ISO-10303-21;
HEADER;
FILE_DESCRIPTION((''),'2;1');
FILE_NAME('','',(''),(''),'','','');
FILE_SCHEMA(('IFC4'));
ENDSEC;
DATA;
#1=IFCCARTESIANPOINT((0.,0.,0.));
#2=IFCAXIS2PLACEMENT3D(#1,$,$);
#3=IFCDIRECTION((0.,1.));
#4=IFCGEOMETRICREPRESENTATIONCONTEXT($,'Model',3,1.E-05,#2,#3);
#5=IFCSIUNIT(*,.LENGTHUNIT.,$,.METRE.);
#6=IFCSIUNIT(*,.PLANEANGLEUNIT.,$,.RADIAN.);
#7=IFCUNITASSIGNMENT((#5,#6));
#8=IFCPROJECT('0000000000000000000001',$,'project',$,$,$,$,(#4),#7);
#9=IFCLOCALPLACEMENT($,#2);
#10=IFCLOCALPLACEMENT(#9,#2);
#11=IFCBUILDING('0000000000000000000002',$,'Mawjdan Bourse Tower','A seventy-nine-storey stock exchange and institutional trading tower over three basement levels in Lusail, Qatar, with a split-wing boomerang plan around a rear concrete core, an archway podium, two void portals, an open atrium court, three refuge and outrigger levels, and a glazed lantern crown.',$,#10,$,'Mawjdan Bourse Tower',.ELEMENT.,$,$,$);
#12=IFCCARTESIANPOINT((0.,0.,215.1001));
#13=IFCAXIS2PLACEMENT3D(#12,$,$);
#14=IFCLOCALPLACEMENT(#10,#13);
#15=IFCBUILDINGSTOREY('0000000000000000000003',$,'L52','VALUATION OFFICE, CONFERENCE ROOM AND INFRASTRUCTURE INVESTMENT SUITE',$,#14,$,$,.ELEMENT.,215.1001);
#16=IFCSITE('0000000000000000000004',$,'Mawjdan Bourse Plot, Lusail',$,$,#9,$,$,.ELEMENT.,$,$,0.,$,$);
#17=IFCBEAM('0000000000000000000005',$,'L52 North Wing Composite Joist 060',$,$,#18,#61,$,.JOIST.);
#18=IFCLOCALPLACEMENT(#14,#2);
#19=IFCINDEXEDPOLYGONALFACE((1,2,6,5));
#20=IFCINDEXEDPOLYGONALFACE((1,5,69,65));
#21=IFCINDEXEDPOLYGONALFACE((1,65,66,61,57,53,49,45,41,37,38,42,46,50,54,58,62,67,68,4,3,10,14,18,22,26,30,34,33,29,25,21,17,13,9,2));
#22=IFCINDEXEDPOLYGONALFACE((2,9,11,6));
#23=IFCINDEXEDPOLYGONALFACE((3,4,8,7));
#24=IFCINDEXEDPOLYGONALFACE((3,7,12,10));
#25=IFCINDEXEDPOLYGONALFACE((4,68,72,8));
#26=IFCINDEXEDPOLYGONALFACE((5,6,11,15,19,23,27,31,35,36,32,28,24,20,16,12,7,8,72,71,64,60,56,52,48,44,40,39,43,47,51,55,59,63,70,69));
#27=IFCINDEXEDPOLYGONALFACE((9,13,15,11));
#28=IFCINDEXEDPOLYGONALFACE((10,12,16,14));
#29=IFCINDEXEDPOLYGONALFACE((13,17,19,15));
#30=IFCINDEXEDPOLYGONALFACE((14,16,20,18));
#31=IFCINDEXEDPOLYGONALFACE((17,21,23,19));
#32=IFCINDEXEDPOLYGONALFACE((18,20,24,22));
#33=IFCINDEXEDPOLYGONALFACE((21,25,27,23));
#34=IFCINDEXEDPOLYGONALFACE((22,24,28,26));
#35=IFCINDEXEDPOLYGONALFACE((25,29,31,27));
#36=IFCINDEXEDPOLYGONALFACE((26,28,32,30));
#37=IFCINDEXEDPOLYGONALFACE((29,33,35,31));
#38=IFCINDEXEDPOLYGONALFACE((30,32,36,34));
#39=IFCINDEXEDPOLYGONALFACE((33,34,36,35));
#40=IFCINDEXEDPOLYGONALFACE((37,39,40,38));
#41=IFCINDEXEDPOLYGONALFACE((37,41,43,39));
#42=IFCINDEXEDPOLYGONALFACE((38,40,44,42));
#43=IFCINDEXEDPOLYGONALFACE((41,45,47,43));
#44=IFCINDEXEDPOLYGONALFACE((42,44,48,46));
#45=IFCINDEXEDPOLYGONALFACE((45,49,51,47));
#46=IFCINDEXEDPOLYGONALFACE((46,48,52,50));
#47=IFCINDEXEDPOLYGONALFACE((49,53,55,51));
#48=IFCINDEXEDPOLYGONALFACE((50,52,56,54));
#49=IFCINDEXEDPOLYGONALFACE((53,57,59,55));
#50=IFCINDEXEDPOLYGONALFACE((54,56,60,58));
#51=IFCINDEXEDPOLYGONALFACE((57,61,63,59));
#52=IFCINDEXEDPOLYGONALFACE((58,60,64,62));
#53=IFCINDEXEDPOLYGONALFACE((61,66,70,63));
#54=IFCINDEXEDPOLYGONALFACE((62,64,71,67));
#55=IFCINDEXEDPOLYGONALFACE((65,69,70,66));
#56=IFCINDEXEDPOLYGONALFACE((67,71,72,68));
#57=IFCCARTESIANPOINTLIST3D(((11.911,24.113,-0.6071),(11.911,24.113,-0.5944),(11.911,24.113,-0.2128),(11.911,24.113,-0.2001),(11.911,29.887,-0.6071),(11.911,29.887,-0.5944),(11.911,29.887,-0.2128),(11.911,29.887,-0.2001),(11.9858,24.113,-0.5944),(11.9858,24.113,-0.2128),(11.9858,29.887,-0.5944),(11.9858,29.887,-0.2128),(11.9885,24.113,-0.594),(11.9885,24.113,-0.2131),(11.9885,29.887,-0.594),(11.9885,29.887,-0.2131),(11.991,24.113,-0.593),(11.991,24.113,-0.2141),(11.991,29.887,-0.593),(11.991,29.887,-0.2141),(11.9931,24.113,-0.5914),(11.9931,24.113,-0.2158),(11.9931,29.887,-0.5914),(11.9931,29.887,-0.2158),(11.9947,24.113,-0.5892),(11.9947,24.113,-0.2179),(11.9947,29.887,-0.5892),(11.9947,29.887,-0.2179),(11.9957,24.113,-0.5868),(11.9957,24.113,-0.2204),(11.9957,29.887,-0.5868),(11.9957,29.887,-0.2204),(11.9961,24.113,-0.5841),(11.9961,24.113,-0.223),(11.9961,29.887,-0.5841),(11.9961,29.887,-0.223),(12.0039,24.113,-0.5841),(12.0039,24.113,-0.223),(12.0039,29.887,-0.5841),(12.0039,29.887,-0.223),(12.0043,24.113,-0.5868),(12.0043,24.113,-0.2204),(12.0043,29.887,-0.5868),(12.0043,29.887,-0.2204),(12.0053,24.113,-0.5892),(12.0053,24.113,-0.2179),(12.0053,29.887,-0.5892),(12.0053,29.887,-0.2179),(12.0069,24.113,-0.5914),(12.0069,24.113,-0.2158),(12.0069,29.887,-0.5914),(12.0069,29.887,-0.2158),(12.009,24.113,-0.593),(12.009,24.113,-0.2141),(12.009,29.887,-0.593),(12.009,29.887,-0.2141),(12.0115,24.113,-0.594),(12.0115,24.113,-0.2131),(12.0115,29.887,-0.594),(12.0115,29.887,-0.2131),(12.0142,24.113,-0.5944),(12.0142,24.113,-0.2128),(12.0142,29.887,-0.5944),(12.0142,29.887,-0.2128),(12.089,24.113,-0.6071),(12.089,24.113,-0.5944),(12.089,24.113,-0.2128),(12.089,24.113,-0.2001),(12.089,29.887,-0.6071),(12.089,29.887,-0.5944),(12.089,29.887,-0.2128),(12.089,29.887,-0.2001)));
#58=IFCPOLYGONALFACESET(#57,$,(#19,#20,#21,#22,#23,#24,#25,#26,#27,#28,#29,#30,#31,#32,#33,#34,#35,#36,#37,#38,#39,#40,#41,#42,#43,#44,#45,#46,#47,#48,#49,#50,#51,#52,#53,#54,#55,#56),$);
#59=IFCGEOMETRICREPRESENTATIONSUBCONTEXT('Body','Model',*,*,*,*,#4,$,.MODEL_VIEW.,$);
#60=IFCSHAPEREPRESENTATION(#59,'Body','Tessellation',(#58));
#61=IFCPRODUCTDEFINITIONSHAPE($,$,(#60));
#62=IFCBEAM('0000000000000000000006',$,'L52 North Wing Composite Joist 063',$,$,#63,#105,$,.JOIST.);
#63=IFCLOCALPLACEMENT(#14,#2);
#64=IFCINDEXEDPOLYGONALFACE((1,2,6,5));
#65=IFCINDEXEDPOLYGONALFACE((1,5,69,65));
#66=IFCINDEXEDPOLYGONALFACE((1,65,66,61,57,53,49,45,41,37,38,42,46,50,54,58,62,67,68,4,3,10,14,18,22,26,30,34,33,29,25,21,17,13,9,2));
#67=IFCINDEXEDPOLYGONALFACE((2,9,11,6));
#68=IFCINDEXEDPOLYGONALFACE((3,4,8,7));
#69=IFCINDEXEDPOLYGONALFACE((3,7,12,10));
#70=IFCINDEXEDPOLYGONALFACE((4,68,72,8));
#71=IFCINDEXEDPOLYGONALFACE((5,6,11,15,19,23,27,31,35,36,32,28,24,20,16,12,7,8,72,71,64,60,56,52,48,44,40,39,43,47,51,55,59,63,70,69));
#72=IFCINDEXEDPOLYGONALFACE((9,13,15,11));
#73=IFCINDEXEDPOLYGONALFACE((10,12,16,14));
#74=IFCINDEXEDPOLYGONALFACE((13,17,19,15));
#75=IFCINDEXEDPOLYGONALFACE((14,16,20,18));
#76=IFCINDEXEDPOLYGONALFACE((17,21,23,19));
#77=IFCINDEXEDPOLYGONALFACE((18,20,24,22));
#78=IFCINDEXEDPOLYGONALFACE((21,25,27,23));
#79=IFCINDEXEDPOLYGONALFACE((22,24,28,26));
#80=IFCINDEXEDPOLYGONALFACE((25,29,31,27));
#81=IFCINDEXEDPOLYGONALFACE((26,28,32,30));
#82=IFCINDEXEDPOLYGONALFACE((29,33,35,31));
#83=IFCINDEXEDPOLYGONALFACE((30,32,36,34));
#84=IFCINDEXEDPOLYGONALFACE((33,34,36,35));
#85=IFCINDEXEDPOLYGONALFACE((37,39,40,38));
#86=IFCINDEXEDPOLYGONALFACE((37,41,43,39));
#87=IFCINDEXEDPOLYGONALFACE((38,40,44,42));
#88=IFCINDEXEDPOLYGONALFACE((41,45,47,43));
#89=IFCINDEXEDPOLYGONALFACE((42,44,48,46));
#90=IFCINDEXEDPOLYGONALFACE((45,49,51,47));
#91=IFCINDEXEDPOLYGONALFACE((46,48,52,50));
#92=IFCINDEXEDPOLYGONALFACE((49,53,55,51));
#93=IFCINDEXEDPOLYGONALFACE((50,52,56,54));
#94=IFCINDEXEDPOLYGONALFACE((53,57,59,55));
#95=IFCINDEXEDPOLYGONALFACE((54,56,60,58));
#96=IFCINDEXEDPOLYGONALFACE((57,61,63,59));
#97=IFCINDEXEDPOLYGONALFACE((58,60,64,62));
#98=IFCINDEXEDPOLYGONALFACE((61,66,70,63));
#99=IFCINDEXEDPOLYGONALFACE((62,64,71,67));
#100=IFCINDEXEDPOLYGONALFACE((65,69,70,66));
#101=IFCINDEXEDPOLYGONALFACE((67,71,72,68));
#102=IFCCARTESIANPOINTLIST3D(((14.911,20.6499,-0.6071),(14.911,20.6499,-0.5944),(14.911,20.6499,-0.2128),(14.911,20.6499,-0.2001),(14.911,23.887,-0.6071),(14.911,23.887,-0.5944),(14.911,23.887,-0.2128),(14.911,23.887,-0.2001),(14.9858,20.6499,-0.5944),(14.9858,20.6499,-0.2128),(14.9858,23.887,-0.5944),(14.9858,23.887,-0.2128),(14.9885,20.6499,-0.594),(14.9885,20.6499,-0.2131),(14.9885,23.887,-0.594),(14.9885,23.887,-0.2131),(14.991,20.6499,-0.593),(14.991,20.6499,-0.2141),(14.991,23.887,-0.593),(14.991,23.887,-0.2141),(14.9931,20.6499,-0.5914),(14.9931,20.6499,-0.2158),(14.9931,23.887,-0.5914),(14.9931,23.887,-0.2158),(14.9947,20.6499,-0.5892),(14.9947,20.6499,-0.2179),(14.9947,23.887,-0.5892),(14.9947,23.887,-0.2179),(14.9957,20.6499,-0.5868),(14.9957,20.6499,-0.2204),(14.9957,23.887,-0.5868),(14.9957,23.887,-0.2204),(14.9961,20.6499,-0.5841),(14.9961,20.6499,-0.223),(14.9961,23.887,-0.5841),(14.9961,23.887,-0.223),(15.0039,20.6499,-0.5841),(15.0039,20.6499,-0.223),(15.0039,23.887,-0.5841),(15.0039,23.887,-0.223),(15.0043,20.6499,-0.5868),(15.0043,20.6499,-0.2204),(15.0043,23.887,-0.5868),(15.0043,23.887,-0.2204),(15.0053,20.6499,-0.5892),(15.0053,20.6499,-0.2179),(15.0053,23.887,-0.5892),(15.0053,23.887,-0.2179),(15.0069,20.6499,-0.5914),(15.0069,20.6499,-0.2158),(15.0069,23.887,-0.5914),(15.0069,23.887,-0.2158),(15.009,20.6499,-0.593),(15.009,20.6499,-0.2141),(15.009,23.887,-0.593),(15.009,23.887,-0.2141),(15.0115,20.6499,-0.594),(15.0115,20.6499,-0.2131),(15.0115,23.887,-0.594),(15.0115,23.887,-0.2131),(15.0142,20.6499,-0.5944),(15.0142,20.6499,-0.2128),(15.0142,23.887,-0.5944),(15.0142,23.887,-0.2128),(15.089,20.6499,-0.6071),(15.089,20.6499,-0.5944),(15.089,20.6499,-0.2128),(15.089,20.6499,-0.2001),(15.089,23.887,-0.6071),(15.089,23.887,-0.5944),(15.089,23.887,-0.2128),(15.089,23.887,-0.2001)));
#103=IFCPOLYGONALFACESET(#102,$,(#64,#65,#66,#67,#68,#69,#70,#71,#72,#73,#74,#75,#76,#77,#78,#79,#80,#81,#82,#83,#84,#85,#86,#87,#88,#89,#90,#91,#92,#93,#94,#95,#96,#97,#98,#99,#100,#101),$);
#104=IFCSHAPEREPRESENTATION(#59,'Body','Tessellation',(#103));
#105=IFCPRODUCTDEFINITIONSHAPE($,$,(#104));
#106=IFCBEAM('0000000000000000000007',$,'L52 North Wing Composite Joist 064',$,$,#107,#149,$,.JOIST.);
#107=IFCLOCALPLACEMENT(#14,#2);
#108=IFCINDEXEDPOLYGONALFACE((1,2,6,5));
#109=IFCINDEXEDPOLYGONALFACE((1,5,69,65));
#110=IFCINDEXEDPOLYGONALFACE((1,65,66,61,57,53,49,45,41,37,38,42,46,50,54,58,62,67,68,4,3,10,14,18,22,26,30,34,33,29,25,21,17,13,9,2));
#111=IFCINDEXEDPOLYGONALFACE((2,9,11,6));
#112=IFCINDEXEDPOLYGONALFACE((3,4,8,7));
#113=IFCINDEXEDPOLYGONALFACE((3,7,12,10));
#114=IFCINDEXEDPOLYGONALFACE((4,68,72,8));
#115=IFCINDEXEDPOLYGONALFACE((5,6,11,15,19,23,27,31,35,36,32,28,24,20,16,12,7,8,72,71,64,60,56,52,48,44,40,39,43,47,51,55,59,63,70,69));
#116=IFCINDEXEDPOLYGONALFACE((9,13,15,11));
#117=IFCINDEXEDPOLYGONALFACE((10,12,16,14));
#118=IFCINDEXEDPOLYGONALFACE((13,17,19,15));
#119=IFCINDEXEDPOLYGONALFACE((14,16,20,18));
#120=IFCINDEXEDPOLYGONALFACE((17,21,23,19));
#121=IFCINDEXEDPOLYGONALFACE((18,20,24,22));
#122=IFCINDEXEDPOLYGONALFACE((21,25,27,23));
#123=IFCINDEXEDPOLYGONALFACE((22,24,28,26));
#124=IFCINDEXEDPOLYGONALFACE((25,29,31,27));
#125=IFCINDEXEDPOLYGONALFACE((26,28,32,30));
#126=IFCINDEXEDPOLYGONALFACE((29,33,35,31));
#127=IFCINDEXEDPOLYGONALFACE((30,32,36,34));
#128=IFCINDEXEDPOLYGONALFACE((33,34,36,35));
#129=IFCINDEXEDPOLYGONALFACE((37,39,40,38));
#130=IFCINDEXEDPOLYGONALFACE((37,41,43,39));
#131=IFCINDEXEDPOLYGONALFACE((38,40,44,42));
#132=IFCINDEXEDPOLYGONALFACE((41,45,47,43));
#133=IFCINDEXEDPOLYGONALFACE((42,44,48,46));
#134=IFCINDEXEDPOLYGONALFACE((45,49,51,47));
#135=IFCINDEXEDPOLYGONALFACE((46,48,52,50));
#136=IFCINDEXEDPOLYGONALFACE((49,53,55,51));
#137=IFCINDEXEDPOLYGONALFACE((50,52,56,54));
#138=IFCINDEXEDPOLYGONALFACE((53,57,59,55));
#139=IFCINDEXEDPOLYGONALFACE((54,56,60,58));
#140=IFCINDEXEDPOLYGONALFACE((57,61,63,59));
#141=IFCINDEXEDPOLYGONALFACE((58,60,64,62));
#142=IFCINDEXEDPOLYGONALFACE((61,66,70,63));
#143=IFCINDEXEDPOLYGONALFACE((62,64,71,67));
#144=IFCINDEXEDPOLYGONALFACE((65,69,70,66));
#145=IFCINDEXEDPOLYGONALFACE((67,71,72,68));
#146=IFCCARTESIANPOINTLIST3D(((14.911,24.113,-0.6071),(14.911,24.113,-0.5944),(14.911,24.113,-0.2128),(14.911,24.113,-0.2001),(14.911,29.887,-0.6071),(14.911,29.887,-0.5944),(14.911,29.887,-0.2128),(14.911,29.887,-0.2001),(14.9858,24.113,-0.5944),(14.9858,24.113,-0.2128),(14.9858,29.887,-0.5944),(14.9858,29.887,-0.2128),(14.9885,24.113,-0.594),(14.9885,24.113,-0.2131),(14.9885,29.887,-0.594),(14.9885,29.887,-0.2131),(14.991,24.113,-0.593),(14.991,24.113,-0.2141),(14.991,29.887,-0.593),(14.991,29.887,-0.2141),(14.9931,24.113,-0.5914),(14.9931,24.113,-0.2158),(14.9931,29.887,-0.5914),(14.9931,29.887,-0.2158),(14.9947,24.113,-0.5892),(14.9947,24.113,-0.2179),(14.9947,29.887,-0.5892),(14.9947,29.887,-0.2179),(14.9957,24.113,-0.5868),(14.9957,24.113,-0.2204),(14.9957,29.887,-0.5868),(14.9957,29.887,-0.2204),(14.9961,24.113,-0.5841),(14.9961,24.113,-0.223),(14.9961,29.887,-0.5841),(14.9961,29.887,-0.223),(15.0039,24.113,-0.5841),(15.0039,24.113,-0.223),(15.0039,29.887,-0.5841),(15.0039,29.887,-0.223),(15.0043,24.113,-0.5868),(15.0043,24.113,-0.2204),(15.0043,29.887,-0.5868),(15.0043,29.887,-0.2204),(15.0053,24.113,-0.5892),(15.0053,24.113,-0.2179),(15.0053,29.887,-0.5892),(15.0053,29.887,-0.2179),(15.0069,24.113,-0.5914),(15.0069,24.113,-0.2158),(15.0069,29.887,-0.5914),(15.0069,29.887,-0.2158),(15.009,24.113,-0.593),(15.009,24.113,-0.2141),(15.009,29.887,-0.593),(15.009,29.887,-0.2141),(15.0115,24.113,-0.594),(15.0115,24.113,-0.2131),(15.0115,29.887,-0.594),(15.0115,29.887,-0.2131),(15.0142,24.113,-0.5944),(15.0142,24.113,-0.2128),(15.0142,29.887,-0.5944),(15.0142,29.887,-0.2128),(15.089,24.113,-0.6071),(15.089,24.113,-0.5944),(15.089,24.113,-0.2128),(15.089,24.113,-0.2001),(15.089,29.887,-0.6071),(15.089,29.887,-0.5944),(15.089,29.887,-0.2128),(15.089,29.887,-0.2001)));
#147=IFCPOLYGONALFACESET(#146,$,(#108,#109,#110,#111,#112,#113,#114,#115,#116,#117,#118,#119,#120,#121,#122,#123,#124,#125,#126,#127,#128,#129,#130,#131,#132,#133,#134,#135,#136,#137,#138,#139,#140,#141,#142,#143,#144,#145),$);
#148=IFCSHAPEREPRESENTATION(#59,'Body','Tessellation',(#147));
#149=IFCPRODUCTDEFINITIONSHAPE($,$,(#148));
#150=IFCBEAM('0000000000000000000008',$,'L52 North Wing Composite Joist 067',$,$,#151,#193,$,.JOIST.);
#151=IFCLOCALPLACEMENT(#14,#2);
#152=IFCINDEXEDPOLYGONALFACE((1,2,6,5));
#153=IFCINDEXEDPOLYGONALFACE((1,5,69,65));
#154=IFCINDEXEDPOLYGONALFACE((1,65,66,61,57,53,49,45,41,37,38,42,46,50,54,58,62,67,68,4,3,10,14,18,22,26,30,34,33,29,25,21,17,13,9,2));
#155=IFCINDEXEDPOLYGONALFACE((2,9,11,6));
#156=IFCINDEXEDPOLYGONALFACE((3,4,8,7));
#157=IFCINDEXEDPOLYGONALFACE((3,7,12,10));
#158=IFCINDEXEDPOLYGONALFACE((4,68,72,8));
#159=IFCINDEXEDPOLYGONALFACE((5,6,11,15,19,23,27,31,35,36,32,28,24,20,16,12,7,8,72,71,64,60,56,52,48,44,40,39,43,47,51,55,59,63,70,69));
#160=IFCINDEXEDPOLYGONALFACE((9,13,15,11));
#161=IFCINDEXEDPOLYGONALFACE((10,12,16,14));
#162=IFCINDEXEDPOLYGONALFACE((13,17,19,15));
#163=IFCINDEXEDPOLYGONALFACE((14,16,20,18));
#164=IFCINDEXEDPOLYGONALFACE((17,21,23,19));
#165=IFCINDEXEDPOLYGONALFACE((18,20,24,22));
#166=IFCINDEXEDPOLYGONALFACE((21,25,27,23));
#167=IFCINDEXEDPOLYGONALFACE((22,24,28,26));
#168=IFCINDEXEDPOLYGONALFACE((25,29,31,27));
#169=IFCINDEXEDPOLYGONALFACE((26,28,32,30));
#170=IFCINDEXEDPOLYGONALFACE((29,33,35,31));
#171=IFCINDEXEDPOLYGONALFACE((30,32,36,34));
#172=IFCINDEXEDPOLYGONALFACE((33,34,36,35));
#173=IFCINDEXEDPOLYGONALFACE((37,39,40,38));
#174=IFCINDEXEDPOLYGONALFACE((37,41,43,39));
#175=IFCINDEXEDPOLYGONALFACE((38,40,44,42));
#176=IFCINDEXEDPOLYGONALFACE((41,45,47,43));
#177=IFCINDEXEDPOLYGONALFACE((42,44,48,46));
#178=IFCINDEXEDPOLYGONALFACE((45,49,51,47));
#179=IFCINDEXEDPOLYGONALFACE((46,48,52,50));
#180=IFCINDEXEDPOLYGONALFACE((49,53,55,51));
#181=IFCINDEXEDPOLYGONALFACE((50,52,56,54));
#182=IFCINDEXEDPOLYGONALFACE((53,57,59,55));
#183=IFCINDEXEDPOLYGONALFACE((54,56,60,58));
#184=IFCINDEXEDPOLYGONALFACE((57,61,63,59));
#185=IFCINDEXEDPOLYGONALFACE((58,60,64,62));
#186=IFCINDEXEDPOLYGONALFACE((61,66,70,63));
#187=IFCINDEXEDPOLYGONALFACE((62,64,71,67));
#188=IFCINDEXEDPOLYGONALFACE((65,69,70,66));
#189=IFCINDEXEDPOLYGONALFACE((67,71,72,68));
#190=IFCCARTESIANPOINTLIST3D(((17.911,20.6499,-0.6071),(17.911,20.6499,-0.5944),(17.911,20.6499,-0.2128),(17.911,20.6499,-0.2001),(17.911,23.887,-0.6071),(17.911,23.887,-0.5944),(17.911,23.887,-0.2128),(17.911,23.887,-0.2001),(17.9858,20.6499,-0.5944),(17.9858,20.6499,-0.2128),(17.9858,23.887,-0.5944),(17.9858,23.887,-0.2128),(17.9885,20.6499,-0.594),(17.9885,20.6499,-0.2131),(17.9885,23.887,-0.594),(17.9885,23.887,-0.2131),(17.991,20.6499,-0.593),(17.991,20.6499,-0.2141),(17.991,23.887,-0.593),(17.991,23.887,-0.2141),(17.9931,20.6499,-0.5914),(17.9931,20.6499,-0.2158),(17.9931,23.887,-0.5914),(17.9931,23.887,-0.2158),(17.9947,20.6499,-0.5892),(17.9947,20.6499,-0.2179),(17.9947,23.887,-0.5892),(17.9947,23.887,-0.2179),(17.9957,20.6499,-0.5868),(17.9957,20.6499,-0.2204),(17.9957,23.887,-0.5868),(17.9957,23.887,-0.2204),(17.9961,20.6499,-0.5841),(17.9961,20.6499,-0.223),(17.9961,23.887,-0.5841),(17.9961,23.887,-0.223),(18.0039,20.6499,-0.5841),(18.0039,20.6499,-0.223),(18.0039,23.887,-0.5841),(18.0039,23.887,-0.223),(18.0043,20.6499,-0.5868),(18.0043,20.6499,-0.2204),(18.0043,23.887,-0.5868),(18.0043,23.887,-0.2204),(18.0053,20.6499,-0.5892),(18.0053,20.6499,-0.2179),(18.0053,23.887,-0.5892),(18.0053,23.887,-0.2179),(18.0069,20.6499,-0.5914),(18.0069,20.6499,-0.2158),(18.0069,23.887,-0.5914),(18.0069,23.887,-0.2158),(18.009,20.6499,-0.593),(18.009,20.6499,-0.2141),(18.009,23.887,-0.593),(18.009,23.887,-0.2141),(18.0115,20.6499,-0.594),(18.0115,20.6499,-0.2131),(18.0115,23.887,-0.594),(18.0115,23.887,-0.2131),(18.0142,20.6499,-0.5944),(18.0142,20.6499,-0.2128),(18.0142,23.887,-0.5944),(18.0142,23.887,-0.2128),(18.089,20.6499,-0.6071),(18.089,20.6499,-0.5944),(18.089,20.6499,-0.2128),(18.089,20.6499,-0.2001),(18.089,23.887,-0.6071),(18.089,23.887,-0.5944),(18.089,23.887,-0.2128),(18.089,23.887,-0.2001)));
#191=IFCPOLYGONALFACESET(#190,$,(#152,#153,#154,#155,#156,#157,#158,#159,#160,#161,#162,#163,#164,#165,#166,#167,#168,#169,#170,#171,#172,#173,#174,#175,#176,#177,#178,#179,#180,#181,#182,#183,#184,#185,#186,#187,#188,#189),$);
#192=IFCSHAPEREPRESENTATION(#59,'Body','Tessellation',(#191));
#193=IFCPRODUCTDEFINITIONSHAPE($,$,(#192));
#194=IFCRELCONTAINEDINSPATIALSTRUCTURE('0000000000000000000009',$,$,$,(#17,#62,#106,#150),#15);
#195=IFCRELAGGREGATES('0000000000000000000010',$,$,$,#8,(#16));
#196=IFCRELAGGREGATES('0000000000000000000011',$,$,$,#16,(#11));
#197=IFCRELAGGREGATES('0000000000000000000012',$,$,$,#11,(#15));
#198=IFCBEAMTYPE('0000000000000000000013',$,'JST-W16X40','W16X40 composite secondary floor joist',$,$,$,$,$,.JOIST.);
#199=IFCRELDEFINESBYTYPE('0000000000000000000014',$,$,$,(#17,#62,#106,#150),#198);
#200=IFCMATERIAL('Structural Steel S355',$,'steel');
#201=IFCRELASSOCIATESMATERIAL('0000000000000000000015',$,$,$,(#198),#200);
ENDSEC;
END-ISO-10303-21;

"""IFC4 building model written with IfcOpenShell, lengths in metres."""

from ifc_helpers import new_model, si_unit, direction, frame, origin, origin_2d, place, context, subcontext, project, spatial, i_section, extrude, material, material_profile, profile_set, type_object, element, save


model = new_model("IFC4")

# Units and contexts
model_context = context("Model", 3, precision=1e-05, world=origin(), true_north=direction((0.0, 1.0)))
body_context = subcontext(model_context, "Body", "Model", "MODEL_VIEW")
ifc_project = project(units=[si_unit("LENGTHUNIT", "METRE"), si_unit("PLANEANGLEUNIT", "RADIAN")], contexts=[model_context])

# Site, building, storey
site_placement = place(None, origin())
site = spatial("IfcSite", under=ifc_project, at=site_placement, Name="Mawjdan Bourse Plot, Lusail", CompositionType="ELEMENT", RefElevation=0.0)
building_placement = place(site_placement, origin())
building = spatial("IfcBuilding", under=site, at=building_placement, Name="Mawjdan Bourse Tower", Description="A seventy-nine-storey stock exchange and institutional trading tower over three basement levels in Lusail, Qatar, with a split-wing boomerang plan around a rear concrete core, an archway podium, two void portals, an open atrium court, three refuge and outrigger levels, and a glazed lantern crown.", LongName="Mawjdan Bourse Tower", CompositionType="ELEMENT")
storey_placement = place(building_placement, frame((0.0, 0.0, 215.1001)))
storey = spatial("IfcBuildingStorey", under=building, at=storey_placement, Name="L52", Description="VALUATION OFFICE, CONFERENCE ROOM AND INFRASTRUCTURE INVESTMENT SUITE", CompositionType="ELEMENT", Elevation=215.1001)

# Beams
ifc_material_1 = material(Name="Structural Steel S355", Category="steel")
ifc_material_profile_1 = material_profile(ifc_material_1, i_section(OverallWidth=0.178, OverallDepth=0.407, WebThickness=0.0078, FlangeThickness=0.0127, FilletRadius=0.0103, at=origin_2d()), Name="W16X40")
ifc_profile_set_1 = profile_set([ifc_material_profile_1], Name="Structural Steel S355")
beam_type_1 = type_object("IfcBeamType", Name="JST-W16X40", Description="W16X40 composite secondary floor joist", PredefinedType="JOIST", material=ifc_profile_set_1)
beam_1_placement = place(storey_placement, frame((12.0, 24.113, -0.4036), z_axis=(0.0, 1.0, 0.0), x_axis=(-1.0, 0.0, 0.0)))
element("IfcBeam", 1, at=beam_1_placement, inside=storey, type_object=beam_type_1, Name="L52 North Wing Composite Joist 060", PredefinedType="JOIST", context=body_context, shape_type="SweptSolid", body=[
    extrude(i_section(OverallWidth=0.178, OverallDepth=0.407, WebThickness=0.0078, FlangeThickness=0.0127, FilletRadius=0.0103, at=origin_2d()), origin(), (0.0, 0.0, 1.0), 5.7739),
])
beam_2_placement = place(storey_placement, frame((15.0, 20.6499, -0.4036), z_axis=(0.0, 1.0, 0.0), x_axis=(-1.0, 0.0, 0.0)))
element("IfcBeam", 2, at=beam_2_placement, inside=storey, type_object=beam_type_1, Name="L52 North Wing Composite Joist 063", PredefinedType="JOIST", context=body_context, shape_type="SweptSolid", body=[
    extrude(i_section(OverallWidth=0.178, OverallDepth=0.407, WebThickness=0.0078, FlangeThickness=0.0127, FilletRadius=0.0103, at=origin_2d()), origin(), (0.0, 0.0, 1.0), 3.2371),
])
beam_3_placement = place(storey_placement, frame((15.0, 24.113, -0.4036), z_axis=(0.0, 1.0, 0.0), x_axis=(-1.0, 0.0, 0.0)))
element("IfcBeam", 3, at=beam_3_placement, inside=storey, type_object=beam_type_1, Name="L52 North Wing Composite Joist 064", PredefinedType="JOIST", context=body_context, shape_type="SweptSolid", body=[
    extrude(i_section(OverallWidth=0.178, OverallDepth=0.407, WebThickness=0.0078, FlangeThickness=0.0127, FilletRadius=0.0103, at=origin_2d()), origin(), (0.0, 0.0, 1.0), 5.7739),
])
beam_4_placement = place(storey_placement, frame((18.0, 20.6499, -0.4036), z_axis=(0.0, 1.0, 0.0), x_axis=(-1.0, 0.0, 0.0)))
element("IfcBeam", 4, at=beam_4_placement, inside=storey, type_object=beam_type_1, Name="L52 North Wing Composite Joist 067", PredefinedType="JOIST", context=body_context, shape_type="SweptSolid", body=[
    extrude(i_section(OverallWidth=0.178, OverallDepth=0.407, WebThickness=0.0078, FlangeThickness=0.0127, FilletRadius=0.0103, at=origin_2d()), origin(), (0.0, 0.0, 1.0), 3.2371),
])

save(model, "model.ifc")
